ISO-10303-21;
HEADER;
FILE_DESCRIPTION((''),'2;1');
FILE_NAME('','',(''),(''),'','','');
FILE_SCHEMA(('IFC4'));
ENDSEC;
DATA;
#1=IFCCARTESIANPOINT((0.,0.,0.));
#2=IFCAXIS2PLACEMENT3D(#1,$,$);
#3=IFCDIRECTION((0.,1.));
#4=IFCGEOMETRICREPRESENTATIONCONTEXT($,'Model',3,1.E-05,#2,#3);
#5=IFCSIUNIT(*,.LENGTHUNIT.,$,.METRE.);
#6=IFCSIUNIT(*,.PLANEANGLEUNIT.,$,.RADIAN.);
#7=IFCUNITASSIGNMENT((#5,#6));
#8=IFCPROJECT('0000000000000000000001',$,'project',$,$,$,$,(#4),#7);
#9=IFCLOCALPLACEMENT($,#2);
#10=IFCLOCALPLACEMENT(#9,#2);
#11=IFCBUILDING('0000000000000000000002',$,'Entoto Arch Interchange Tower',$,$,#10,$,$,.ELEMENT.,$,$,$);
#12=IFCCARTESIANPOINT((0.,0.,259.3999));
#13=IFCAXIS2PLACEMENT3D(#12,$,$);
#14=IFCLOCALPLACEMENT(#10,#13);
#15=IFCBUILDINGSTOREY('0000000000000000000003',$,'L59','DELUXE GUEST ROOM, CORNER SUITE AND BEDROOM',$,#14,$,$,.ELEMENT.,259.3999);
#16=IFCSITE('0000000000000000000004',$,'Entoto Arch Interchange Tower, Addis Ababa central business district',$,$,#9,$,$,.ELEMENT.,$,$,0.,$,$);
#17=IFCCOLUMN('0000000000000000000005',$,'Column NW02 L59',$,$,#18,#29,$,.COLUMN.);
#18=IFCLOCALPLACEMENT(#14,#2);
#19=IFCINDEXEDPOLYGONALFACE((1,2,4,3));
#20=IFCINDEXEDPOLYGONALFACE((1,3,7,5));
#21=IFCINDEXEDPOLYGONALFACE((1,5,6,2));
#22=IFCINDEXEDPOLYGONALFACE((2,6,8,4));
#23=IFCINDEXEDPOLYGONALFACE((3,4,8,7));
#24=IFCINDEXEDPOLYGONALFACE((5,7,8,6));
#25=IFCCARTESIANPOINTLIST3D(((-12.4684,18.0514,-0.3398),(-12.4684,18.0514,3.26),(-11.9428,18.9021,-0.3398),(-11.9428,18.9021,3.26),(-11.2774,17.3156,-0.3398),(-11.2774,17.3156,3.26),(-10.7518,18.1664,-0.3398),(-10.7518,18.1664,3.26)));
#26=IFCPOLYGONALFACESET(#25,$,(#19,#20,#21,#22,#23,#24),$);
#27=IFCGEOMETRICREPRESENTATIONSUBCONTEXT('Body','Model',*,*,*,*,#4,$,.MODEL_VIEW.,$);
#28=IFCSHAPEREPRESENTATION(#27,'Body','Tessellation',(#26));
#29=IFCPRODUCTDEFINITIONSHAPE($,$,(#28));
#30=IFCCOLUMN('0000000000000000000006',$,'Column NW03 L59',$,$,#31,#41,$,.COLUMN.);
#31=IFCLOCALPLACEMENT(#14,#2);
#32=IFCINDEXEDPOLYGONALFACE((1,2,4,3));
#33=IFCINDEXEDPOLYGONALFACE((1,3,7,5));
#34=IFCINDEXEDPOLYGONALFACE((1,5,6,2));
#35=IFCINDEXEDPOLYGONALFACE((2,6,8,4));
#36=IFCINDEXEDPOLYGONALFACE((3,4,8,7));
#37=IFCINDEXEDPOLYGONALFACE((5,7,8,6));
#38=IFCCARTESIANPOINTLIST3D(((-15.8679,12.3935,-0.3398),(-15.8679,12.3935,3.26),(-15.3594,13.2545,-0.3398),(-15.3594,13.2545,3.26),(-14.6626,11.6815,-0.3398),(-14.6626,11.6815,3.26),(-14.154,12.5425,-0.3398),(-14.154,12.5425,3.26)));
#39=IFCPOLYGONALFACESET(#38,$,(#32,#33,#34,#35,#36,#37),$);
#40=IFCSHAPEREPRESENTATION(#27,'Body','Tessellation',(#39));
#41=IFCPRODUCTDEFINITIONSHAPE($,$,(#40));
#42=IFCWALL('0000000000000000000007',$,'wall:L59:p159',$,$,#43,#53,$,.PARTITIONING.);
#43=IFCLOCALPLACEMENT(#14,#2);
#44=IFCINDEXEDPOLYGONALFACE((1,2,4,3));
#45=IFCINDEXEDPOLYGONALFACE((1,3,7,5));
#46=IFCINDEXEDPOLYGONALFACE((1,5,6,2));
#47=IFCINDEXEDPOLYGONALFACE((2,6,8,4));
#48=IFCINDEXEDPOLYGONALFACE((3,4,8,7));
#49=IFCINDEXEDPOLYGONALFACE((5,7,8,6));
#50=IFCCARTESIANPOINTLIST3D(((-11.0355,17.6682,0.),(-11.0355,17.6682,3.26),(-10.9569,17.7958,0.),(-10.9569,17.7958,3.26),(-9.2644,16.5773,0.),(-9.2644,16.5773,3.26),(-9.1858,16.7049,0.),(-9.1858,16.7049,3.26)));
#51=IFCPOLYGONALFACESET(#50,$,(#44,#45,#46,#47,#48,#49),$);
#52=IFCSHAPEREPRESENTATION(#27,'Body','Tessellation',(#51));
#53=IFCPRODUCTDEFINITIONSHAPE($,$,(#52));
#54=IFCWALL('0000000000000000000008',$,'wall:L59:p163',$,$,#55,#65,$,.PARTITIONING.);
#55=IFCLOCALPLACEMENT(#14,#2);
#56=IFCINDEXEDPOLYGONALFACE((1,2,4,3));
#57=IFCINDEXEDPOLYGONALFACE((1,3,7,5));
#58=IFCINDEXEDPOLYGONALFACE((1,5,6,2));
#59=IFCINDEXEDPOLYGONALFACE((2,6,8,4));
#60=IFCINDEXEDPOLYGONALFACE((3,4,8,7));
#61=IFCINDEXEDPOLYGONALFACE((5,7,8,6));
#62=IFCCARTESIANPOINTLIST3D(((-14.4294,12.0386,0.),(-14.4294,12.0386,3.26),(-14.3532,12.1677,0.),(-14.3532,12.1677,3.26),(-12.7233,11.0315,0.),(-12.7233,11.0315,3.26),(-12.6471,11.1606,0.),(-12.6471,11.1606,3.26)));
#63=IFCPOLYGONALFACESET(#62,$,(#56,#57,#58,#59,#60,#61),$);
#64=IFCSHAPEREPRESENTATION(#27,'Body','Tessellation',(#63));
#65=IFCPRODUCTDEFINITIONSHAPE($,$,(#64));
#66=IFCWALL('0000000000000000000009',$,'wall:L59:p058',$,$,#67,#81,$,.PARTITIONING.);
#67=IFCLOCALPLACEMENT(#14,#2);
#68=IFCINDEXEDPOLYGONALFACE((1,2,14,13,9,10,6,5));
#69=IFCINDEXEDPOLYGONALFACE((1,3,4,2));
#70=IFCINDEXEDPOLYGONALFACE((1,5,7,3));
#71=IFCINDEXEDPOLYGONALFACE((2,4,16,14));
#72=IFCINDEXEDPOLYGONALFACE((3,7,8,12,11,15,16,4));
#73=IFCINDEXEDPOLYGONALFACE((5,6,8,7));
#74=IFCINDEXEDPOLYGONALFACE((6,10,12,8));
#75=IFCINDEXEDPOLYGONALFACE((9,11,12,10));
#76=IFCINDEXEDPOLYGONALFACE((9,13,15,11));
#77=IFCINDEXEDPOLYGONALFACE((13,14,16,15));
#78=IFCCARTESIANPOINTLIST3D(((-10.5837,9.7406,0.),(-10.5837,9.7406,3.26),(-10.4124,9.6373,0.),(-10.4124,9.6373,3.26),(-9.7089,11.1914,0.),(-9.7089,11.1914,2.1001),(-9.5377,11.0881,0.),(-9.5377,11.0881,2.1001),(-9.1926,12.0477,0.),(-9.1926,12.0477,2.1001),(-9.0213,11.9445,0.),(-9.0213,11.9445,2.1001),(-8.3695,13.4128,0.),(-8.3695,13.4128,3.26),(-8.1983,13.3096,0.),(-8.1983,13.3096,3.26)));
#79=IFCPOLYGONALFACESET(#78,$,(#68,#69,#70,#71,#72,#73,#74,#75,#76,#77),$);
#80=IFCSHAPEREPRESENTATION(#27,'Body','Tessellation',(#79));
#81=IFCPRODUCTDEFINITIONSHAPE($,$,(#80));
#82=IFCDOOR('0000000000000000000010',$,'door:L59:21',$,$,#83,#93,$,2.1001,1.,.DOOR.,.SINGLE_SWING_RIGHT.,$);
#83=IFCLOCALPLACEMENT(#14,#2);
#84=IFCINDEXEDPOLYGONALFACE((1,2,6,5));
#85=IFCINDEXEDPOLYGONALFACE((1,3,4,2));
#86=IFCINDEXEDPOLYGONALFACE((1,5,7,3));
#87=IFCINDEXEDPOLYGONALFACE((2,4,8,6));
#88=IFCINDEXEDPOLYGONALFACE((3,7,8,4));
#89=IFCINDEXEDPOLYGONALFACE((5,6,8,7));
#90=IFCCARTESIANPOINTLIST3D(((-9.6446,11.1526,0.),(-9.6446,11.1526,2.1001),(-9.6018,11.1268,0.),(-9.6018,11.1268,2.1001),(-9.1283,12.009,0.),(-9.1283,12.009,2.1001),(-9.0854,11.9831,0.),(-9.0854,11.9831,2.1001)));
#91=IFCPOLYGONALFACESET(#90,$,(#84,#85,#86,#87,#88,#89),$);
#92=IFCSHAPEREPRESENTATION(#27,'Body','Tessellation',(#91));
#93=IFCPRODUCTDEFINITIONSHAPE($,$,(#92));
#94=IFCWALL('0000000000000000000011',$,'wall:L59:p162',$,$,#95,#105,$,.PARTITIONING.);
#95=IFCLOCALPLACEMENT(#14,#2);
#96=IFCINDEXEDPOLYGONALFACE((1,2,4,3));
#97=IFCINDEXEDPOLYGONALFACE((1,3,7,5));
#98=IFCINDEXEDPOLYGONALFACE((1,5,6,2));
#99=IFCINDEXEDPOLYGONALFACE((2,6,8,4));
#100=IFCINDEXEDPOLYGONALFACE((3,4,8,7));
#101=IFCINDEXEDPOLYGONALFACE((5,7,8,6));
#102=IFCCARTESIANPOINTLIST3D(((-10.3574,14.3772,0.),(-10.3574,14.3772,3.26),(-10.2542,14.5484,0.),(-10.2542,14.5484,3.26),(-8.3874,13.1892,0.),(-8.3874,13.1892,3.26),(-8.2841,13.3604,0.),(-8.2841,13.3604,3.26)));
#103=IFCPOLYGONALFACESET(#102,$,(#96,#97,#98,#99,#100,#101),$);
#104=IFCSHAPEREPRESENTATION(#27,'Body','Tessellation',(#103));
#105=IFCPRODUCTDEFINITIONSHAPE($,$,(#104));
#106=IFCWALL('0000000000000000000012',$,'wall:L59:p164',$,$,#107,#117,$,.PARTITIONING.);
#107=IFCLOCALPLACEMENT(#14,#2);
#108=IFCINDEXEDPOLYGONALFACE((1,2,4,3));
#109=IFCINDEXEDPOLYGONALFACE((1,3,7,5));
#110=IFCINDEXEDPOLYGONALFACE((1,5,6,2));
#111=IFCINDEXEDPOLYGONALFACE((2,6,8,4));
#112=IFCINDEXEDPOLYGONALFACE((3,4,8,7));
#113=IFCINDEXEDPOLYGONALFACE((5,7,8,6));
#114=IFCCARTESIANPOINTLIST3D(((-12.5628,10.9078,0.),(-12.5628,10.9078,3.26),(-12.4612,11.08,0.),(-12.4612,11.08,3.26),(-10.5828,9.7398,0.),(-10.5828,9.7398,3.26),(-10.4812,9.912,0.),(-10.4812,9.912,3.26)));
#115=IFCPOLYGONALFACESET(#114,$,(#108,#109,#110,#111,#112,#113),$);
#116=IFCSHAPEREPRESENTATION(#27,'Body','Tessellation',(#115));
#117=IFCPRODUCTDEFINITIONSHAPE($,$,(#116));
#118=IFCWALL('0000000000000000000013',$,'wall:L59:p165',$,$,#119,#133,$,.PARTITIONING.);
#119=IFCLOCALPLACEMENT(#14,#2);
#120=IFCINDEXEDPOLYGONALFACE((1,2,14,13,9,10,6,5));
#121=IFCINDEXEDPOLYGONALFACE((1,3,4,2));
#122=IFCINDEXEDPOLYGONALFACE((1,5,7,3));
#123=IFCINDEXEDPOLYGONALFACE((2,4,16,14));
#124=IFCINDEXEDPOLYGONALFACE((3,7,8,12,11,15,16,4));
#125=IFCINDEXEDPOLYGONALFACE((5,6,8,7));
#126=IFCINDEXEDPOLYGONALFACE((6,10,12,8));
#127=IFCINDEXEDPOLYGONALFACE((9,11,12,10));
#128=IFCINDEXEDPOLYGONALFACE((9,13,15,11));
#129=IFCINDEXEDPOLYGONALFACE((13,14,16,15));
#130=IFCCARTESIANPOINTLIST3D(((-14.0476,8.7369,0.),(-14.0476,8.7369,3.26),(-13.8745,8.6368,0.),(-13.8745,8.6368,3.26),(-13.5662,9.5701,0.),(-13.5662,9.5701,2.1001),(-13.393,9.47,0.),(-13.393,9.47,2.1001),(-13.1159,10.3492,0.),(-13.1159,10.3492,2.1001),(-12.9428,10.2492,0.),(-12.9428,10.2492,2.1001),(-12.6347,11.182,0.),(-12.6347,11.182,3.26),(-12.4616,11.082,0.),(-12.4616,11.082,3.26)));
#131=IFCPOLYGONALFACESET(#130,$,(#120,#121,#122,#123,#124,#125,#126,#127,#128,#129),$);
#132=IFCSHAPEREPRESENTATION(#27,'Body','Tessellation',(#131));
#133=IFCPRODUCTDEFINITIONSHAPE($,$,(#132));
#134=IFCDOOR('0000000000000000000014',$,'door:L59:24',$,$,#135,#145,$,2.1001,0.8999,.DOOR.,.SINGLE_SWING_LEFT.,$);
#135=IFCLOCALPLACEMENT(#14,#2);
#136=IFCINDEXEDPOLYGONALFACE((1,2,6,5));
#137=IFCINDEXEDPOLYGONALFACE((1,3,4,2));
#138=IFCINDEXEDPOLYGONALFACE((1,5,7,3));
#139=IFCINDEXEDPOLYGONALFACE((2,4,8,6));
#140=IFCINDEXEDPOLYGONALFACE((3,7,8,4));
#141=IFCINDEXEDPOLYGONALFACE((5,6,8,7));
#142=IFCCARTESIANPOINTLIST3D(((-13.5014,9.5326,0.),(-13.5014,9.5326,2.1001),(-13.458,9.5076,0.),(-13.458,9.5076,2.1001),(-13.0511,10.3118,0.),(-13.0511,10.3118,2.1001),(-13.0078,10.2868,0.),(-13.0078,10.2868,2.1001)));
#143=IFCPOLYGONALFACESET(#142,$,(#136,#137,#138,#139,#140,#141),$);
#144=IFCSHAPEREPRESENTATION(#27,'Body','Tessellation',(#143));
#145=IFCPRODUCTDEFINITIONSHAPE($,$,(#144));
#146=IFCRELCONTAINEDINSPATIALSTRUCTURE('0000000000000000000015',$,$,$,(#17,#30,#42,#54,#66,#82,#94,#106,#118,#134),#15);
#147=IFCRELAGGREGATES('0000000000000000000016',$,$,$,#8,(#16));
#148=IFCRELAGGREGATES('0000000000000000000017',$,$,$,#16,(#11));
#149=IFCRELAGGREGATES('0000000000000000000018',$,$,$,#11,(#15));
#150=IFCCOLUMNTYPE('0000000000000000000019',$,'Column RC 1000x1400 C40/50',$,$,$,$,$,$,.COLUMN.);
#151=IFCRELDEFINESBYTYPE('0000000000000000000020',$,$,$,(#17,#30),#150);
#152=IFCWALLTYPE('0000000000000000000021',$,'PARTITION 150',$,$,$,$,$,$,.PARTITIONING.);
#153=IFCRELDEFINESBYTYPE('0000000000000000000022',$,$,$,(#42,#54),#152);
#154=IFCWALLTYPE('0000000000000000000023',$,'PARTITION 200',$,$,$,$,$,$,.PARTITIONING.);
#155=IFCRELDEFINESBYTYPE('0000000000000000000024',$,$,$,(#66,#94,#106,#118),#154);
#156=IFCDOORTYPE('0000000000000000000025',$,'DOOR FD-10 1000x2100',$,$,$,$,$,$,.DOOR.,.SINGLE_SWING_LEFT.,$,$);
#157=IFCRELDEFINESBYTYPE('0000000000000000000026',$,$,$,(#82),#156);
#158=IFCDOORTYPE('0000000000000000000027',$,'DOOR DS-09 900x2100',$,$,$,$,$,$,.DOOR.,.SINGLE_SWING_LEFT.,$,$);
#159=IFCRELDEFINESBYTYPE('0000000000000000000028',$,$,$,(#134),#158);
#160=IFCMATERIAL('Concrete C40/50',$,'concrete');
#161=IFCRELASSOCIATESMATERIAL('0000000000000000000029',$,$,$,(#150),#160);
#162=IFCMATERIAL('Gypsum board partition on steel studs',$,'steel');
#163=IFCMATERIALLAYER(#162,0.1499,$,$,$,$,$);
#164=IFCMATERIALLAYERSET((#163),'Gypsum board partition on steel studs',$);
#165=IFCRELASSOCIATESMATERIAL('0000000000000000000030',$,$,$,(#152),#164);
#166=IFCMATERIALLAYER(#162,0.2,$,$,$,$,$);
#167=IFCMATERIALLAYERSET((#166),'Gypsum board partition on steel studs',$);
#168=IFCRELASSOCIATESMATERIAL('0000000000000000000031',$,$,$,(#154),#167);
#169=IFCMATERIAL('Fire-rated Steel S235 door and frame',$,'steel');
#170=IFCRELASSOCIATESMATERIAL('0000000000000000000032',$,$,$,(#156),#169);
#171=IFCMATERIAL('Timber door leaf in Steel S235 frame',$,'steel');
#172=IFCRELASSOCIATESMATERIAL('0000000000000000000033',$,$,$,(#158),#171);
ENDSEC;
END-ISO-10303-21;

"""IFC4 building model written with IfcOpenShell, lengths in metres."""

from ifc_helpers import new_model, si_unit, direction, frame, frame_2d, origin, origin_2d, place, context, subcontext, project, spatial, rectangle, extrude, material, layer, layer_set, material_profile, profile_set, type_object, element, fill, save


model = new_model("IFC4")

# Units and contexts
model_context = context("Model", 3, precision=1e-05, world=origin(), true_north=direction((0.0, 1.0)))
body_context = subcontext(model_context, "Body", "Model", "MODEL_VIEW")
ifc_project = project(units=[si_unit("LENGTHUNIT", "METRE"), si_unit("PLANEANGLEUNIT", "RADIAN")], contexts=[model_context])

# Site, building, storey
site_placement = place(None, origin())
site = spatial("IfcSite", under=ifc_project, at=site_placement, Name="Entoto Arch Interchange Tower, Addis Ababa central business district", CompositionType="ELEMENT", RefElevation=0.0)
building_placement = place(site_placement, origin())
building = spatial("IfcBuilding", under=site, at=building_placement, Name="Entoto Arch Interchange Tower", CompositionType="ELEMENT")
storey_placement = place(building_placement, frame((0.0, 0.0, 259.3999)))
storey = spatial("IfcBuildingStorey", under=building, at=storey_placement, Name="L59", Description="DELUXE GUEST ROOM, CORNER SUITE AND BEDROOM", CompositionType="ELEMENT", Elevation=259.3999)

# Columns
ifc_material_1 = material(Name="Concrete C40/50", Category="concrete")
ifc_material_profile = material_profile(ifc_material_1, rectangle(XDim=1.0, YDim=1.3999, at=origin_2d()))
ifc_profile_set = profile_set([ifc_material_profile], Name="Concrete C40/50")
column_type = type_object("IfcColumnType", Name="Column RC 1000x1400 C40/50", PredefinedType="COLUMN", material=ifc_profile_set)
for number, where, z_axis, x_axis, name in (
    (1, (-11.6101, 18.1089, -0.3398), (0.0, 0.0, 1.0), (0.525576, 0.850747, 0.0), "Column NW02 L59"),
    (2, (-15.011, 12.468, -0.3398), (0.0, 0.0, 1.0), (0.508576, 0.861017, 0.0), "Column NW03 L59"),
):
    element("IfcColumn", number, at=place(storey_placement, frame(where, z_axis=z_axis, x_axis=x_axis)), inside=storey, type_object=column_type, Name=name, PredefinedType="COLUMN", context=body_context, shape_type="SweptSolid", body=[
        extrude(rectangle(XDim=1.0, YDim=1.3999, at=origin_2d()), origin(), (0.0, 0.0, 1.0), 3.5999),
    ])

# Walls
ifc_material_2 = material(Name="Gypsum board partition on steel studs", Category="steel")
ifc_layer_1 = layer(ifc_material_2, 0.1499)
ifc_layer_set_1 = layer_set([ifc_layer_1], Name="Gypsum board partition on steel studs")
wall_type_1 = type_object("IfcWallType", Name="PARTITION 150", PredefinedType="PARTITIONING", material=ifc_layer_set_1)
wall_1_placement = place(storey_placement, frame((-9.2251, 16.6411, 0.0), z_axis=(0.0, 0.0, 1.0), x_axis=(-0.851449, 0.524438, 0.0)))
element("IfcWall", 3, at=wall_1_placement, inside=storey, type_object=wall_type_1, Name="wall:L59:p159", PredefinedType="PARTITIONING", context=body_context, shape_type="SweptSolid", body=[
    extrude(rectangle(XDim=2.0801, YDim=0.1499, at=frame_2d((1.04, 0.0))), origin(), (0.0, 0.0, 1.0), 3.26),
])
wall_2_placement = place(storey_placement, frame((-12.6851, 11.0959, 0.0), z_axis=(0.0, 0.0, 1.0), x_axis=(-0.861157, 0.508339, 0.0)))
element("IfcWall", 4, at=wall_2_placement, inside=storey, type_object=wall_type_1, Name="wall:L59:p163", PredefinedType="PARTITIONING", context=body_context, shape_type="SweptSolid", body=[
    extrude(rectangle(XDim=1.9812, YDim=0.1499, at=frame_2d((0.9907, 0.0))), origin(), (0.0, 0.0, 1.0), 3.26),
])

# Wall, opening, door
ifc_layer_2 = layer(ifc_material_2, 0.2)
ifc_layer_set_2 = layer_set([ifc_layer_2], Name="Gypsum board partition on steel studs")
wall_type_2 = type_object("IfcWallType", Name="PARTITION 200", PredefinedType="PARTITIONING", material=ifc_layer_set_2)
wall_3_placement = place(storey_placement, frame((-10.498, 9.689, 0.0), z_axis=(0.0, 0.0, 1.0), x_axis=(0.516353, 0.856376, 0.0)))
wall_3 = element("IfcWall", 5, at=wall_3_placement, inside=storey, type_object=wall_type_2, Name="wall:L59:p058", PredefinedType="PARTITIONING", context=body_context, shape_type="SweptSolid", body=[
    extrude(rectangle(XDim=4.2881, YDim=0.2, at=frame_2d((2.144, 0.0))), origin(), (0.0, 0.0, 1.0), 3.26),
])
opening_1_placement = place(wall_3_placement, frame((1.6941, 0.0, 0.0)))
opening_1 = element("IfcOpeningElement", 6, at=opening_1_placement, cuts=wall_3, PredefinedType="OPENING", context=body_context, shape_type="SweptSolid", body=[
    extrude(rectangle(XDim=1.0, YDim=2.1001, at=frame_2d((0.5, 1.05))), frame((0.0, 0.1099, 0.0), z_axis=(0.0, -1.0, 0.0), x_axis=(1.0, 0.0, 0.0)), (0.0, 0.0, 1.0), 0.22),
])
ifc_material_3 = material(Name="Fire-rated Steel S235 door and frame", Category="steel")
door_type_1 = type_object("IfcDoorType", Name="DOOR FD-10 1000x2100", OperationType="SINGLE_SWING_LEFT", PredefinedType="DOOR", material=ifc_material_3)
door_1_placement = place(opening_1_placement, origin())
door_1 = element("IfcDoor", 7, at=door_1_placement, inside=storey, type_object=door_type_1, Name="door:L59:21", OperationType="SINGLE_SWING_RIGHT", OverallHeight=2.1001, OverallWidth=1.0, PredefinedType="DOOR", context=body_context, shape_type="SweptSolid", body=[
    extrude(rectangle(XDim=1.0, YDim=2.1001, at=frame_2d((0.5, 1.05))), frame((0.0, 0.0249, 0.0), z_axis=(0.0, -1.0, 0.0), x_axis=(1.0, 0.0, 0.0)), (0.0, 0.0, 1.0), 0.05),
])
fill(opening_1, door_1)

# Walls
wall_4_placement = place(storey_placement, frame((-10.3059, 14.4629, 0.0), z_axis=(0.0, 0.0, 1.0), x_axis=(0.856339, -0.516414, 0.0)))
element("IfcWall", 8, at=wall_4_placement, inside=storey, type_object=wall_type_2, Name="wall:L59:p162", PredefinedType="PARTITIONING", context=body_context, shape_type="SweptSolid", body=[
    extrude(rectangle(XDim=2.3005, YDim=0.2, at=frame_2d((1.1504, 0.0))), origin(), (0.0, 0.0, 1.0), 3.26),
])
wall_5_placement = place(storey_placement, frame((-10.532, 9.8259, 0.0), z_axis=(0.0, 0.0, 1.0), x_axis=(-0.861311, 0.508078, 0.0)))
element("IfcWall", 9, at=wall_5_placement, inside=storey, type_object=wall_type_2, Name="wall:L59:p164", PredefinedType="PARTITIONING", context=body_context, shape_type="SweptSolid", body=[
    extrude(rectangle(XDim=2.2988, YDim=0.2, at=frame_2d((1.1494, 0.0))), origin(), (0.0, 0.0, 1.0), 3.26),
])

# Wall, opening, door
wall_6_placement = place(storey_placement, frame((-12.5481, 11.1321, 0.0), z_axis=(0.0, 0.0, 1.0), x_axis=(-0.500314, -0.865844, 0.0)))
wall_6 = element("IfcWall", 10, at=wall_6_placement, inside=storey, type_object=wall_type_2, Name="wall:L59:p165", PredefinedType="PARTITIONING", context=body_context, shape_type="SweptSolid", body=[
    extrude(rectangle(XDim=2.824, YDim=0.2, at=frame_2d((1.4121, 0.0))), origin(), (0.0, 0.0, 1.0), 3.26),
])
opening_2_placement = place(wall_6_placement, frame((0.9619, 0.0, 0.0)))
opening_2 = element("IfcOpeningElement", 11, at=opening_2_placement, cuts=wall_6, PredefinedType="OPENING", context=body_context, shape_type="SweptSolid", body=[
    extrude(rectangle(XDim=0.8999, YDim=2.1001, at=frame_2d((0.45, 1.05))), frame((0.0, 0.1099, 0.0), z_axis=(0.0, -1.0, 0.0), x_axis=(1.0, 0.0, 0.0)), (0.0, 0.0, 1.0), 0.22),
])
ifc_material_4 = material(Name="Timber door leaf in Steel S235 frame", Category="steel")
door_type_2 = type_object("IfcDoorType", Name="DOOR DS-09 900x2100", OperationType="SINGLE_SWING_LEFT", PredefinedType="DOOR", material=ifc_material_4)
door_2_placement = place(opening_2_placement, origin())
door_2 = element("IfcDoor", 12, at=door_2_placement, inside=storey, type_object=door_type_2, Name="door:L59:24", OperationType="SINGLE_SWING_LEFT", OverallHeight=2.1001, OverallWidth=0.8999, PredefinedType="DOOR", context=body_context, shape_type="SweptSolid", body=[
    extrude(rectangle(XDim=0.8999, YDim=2.1001, at=frame_2d((0.45, 1.05))), frame((0.0, 0.0249, 0.0), z_axis=(0.0, -1.0, 0.0), x_axis=(1.0, 0.0, 0.0)), (0.0, 0.0, 1.0), 0.05),
])
fill(opening_2, door_2)

save(model, "model.ifc")
